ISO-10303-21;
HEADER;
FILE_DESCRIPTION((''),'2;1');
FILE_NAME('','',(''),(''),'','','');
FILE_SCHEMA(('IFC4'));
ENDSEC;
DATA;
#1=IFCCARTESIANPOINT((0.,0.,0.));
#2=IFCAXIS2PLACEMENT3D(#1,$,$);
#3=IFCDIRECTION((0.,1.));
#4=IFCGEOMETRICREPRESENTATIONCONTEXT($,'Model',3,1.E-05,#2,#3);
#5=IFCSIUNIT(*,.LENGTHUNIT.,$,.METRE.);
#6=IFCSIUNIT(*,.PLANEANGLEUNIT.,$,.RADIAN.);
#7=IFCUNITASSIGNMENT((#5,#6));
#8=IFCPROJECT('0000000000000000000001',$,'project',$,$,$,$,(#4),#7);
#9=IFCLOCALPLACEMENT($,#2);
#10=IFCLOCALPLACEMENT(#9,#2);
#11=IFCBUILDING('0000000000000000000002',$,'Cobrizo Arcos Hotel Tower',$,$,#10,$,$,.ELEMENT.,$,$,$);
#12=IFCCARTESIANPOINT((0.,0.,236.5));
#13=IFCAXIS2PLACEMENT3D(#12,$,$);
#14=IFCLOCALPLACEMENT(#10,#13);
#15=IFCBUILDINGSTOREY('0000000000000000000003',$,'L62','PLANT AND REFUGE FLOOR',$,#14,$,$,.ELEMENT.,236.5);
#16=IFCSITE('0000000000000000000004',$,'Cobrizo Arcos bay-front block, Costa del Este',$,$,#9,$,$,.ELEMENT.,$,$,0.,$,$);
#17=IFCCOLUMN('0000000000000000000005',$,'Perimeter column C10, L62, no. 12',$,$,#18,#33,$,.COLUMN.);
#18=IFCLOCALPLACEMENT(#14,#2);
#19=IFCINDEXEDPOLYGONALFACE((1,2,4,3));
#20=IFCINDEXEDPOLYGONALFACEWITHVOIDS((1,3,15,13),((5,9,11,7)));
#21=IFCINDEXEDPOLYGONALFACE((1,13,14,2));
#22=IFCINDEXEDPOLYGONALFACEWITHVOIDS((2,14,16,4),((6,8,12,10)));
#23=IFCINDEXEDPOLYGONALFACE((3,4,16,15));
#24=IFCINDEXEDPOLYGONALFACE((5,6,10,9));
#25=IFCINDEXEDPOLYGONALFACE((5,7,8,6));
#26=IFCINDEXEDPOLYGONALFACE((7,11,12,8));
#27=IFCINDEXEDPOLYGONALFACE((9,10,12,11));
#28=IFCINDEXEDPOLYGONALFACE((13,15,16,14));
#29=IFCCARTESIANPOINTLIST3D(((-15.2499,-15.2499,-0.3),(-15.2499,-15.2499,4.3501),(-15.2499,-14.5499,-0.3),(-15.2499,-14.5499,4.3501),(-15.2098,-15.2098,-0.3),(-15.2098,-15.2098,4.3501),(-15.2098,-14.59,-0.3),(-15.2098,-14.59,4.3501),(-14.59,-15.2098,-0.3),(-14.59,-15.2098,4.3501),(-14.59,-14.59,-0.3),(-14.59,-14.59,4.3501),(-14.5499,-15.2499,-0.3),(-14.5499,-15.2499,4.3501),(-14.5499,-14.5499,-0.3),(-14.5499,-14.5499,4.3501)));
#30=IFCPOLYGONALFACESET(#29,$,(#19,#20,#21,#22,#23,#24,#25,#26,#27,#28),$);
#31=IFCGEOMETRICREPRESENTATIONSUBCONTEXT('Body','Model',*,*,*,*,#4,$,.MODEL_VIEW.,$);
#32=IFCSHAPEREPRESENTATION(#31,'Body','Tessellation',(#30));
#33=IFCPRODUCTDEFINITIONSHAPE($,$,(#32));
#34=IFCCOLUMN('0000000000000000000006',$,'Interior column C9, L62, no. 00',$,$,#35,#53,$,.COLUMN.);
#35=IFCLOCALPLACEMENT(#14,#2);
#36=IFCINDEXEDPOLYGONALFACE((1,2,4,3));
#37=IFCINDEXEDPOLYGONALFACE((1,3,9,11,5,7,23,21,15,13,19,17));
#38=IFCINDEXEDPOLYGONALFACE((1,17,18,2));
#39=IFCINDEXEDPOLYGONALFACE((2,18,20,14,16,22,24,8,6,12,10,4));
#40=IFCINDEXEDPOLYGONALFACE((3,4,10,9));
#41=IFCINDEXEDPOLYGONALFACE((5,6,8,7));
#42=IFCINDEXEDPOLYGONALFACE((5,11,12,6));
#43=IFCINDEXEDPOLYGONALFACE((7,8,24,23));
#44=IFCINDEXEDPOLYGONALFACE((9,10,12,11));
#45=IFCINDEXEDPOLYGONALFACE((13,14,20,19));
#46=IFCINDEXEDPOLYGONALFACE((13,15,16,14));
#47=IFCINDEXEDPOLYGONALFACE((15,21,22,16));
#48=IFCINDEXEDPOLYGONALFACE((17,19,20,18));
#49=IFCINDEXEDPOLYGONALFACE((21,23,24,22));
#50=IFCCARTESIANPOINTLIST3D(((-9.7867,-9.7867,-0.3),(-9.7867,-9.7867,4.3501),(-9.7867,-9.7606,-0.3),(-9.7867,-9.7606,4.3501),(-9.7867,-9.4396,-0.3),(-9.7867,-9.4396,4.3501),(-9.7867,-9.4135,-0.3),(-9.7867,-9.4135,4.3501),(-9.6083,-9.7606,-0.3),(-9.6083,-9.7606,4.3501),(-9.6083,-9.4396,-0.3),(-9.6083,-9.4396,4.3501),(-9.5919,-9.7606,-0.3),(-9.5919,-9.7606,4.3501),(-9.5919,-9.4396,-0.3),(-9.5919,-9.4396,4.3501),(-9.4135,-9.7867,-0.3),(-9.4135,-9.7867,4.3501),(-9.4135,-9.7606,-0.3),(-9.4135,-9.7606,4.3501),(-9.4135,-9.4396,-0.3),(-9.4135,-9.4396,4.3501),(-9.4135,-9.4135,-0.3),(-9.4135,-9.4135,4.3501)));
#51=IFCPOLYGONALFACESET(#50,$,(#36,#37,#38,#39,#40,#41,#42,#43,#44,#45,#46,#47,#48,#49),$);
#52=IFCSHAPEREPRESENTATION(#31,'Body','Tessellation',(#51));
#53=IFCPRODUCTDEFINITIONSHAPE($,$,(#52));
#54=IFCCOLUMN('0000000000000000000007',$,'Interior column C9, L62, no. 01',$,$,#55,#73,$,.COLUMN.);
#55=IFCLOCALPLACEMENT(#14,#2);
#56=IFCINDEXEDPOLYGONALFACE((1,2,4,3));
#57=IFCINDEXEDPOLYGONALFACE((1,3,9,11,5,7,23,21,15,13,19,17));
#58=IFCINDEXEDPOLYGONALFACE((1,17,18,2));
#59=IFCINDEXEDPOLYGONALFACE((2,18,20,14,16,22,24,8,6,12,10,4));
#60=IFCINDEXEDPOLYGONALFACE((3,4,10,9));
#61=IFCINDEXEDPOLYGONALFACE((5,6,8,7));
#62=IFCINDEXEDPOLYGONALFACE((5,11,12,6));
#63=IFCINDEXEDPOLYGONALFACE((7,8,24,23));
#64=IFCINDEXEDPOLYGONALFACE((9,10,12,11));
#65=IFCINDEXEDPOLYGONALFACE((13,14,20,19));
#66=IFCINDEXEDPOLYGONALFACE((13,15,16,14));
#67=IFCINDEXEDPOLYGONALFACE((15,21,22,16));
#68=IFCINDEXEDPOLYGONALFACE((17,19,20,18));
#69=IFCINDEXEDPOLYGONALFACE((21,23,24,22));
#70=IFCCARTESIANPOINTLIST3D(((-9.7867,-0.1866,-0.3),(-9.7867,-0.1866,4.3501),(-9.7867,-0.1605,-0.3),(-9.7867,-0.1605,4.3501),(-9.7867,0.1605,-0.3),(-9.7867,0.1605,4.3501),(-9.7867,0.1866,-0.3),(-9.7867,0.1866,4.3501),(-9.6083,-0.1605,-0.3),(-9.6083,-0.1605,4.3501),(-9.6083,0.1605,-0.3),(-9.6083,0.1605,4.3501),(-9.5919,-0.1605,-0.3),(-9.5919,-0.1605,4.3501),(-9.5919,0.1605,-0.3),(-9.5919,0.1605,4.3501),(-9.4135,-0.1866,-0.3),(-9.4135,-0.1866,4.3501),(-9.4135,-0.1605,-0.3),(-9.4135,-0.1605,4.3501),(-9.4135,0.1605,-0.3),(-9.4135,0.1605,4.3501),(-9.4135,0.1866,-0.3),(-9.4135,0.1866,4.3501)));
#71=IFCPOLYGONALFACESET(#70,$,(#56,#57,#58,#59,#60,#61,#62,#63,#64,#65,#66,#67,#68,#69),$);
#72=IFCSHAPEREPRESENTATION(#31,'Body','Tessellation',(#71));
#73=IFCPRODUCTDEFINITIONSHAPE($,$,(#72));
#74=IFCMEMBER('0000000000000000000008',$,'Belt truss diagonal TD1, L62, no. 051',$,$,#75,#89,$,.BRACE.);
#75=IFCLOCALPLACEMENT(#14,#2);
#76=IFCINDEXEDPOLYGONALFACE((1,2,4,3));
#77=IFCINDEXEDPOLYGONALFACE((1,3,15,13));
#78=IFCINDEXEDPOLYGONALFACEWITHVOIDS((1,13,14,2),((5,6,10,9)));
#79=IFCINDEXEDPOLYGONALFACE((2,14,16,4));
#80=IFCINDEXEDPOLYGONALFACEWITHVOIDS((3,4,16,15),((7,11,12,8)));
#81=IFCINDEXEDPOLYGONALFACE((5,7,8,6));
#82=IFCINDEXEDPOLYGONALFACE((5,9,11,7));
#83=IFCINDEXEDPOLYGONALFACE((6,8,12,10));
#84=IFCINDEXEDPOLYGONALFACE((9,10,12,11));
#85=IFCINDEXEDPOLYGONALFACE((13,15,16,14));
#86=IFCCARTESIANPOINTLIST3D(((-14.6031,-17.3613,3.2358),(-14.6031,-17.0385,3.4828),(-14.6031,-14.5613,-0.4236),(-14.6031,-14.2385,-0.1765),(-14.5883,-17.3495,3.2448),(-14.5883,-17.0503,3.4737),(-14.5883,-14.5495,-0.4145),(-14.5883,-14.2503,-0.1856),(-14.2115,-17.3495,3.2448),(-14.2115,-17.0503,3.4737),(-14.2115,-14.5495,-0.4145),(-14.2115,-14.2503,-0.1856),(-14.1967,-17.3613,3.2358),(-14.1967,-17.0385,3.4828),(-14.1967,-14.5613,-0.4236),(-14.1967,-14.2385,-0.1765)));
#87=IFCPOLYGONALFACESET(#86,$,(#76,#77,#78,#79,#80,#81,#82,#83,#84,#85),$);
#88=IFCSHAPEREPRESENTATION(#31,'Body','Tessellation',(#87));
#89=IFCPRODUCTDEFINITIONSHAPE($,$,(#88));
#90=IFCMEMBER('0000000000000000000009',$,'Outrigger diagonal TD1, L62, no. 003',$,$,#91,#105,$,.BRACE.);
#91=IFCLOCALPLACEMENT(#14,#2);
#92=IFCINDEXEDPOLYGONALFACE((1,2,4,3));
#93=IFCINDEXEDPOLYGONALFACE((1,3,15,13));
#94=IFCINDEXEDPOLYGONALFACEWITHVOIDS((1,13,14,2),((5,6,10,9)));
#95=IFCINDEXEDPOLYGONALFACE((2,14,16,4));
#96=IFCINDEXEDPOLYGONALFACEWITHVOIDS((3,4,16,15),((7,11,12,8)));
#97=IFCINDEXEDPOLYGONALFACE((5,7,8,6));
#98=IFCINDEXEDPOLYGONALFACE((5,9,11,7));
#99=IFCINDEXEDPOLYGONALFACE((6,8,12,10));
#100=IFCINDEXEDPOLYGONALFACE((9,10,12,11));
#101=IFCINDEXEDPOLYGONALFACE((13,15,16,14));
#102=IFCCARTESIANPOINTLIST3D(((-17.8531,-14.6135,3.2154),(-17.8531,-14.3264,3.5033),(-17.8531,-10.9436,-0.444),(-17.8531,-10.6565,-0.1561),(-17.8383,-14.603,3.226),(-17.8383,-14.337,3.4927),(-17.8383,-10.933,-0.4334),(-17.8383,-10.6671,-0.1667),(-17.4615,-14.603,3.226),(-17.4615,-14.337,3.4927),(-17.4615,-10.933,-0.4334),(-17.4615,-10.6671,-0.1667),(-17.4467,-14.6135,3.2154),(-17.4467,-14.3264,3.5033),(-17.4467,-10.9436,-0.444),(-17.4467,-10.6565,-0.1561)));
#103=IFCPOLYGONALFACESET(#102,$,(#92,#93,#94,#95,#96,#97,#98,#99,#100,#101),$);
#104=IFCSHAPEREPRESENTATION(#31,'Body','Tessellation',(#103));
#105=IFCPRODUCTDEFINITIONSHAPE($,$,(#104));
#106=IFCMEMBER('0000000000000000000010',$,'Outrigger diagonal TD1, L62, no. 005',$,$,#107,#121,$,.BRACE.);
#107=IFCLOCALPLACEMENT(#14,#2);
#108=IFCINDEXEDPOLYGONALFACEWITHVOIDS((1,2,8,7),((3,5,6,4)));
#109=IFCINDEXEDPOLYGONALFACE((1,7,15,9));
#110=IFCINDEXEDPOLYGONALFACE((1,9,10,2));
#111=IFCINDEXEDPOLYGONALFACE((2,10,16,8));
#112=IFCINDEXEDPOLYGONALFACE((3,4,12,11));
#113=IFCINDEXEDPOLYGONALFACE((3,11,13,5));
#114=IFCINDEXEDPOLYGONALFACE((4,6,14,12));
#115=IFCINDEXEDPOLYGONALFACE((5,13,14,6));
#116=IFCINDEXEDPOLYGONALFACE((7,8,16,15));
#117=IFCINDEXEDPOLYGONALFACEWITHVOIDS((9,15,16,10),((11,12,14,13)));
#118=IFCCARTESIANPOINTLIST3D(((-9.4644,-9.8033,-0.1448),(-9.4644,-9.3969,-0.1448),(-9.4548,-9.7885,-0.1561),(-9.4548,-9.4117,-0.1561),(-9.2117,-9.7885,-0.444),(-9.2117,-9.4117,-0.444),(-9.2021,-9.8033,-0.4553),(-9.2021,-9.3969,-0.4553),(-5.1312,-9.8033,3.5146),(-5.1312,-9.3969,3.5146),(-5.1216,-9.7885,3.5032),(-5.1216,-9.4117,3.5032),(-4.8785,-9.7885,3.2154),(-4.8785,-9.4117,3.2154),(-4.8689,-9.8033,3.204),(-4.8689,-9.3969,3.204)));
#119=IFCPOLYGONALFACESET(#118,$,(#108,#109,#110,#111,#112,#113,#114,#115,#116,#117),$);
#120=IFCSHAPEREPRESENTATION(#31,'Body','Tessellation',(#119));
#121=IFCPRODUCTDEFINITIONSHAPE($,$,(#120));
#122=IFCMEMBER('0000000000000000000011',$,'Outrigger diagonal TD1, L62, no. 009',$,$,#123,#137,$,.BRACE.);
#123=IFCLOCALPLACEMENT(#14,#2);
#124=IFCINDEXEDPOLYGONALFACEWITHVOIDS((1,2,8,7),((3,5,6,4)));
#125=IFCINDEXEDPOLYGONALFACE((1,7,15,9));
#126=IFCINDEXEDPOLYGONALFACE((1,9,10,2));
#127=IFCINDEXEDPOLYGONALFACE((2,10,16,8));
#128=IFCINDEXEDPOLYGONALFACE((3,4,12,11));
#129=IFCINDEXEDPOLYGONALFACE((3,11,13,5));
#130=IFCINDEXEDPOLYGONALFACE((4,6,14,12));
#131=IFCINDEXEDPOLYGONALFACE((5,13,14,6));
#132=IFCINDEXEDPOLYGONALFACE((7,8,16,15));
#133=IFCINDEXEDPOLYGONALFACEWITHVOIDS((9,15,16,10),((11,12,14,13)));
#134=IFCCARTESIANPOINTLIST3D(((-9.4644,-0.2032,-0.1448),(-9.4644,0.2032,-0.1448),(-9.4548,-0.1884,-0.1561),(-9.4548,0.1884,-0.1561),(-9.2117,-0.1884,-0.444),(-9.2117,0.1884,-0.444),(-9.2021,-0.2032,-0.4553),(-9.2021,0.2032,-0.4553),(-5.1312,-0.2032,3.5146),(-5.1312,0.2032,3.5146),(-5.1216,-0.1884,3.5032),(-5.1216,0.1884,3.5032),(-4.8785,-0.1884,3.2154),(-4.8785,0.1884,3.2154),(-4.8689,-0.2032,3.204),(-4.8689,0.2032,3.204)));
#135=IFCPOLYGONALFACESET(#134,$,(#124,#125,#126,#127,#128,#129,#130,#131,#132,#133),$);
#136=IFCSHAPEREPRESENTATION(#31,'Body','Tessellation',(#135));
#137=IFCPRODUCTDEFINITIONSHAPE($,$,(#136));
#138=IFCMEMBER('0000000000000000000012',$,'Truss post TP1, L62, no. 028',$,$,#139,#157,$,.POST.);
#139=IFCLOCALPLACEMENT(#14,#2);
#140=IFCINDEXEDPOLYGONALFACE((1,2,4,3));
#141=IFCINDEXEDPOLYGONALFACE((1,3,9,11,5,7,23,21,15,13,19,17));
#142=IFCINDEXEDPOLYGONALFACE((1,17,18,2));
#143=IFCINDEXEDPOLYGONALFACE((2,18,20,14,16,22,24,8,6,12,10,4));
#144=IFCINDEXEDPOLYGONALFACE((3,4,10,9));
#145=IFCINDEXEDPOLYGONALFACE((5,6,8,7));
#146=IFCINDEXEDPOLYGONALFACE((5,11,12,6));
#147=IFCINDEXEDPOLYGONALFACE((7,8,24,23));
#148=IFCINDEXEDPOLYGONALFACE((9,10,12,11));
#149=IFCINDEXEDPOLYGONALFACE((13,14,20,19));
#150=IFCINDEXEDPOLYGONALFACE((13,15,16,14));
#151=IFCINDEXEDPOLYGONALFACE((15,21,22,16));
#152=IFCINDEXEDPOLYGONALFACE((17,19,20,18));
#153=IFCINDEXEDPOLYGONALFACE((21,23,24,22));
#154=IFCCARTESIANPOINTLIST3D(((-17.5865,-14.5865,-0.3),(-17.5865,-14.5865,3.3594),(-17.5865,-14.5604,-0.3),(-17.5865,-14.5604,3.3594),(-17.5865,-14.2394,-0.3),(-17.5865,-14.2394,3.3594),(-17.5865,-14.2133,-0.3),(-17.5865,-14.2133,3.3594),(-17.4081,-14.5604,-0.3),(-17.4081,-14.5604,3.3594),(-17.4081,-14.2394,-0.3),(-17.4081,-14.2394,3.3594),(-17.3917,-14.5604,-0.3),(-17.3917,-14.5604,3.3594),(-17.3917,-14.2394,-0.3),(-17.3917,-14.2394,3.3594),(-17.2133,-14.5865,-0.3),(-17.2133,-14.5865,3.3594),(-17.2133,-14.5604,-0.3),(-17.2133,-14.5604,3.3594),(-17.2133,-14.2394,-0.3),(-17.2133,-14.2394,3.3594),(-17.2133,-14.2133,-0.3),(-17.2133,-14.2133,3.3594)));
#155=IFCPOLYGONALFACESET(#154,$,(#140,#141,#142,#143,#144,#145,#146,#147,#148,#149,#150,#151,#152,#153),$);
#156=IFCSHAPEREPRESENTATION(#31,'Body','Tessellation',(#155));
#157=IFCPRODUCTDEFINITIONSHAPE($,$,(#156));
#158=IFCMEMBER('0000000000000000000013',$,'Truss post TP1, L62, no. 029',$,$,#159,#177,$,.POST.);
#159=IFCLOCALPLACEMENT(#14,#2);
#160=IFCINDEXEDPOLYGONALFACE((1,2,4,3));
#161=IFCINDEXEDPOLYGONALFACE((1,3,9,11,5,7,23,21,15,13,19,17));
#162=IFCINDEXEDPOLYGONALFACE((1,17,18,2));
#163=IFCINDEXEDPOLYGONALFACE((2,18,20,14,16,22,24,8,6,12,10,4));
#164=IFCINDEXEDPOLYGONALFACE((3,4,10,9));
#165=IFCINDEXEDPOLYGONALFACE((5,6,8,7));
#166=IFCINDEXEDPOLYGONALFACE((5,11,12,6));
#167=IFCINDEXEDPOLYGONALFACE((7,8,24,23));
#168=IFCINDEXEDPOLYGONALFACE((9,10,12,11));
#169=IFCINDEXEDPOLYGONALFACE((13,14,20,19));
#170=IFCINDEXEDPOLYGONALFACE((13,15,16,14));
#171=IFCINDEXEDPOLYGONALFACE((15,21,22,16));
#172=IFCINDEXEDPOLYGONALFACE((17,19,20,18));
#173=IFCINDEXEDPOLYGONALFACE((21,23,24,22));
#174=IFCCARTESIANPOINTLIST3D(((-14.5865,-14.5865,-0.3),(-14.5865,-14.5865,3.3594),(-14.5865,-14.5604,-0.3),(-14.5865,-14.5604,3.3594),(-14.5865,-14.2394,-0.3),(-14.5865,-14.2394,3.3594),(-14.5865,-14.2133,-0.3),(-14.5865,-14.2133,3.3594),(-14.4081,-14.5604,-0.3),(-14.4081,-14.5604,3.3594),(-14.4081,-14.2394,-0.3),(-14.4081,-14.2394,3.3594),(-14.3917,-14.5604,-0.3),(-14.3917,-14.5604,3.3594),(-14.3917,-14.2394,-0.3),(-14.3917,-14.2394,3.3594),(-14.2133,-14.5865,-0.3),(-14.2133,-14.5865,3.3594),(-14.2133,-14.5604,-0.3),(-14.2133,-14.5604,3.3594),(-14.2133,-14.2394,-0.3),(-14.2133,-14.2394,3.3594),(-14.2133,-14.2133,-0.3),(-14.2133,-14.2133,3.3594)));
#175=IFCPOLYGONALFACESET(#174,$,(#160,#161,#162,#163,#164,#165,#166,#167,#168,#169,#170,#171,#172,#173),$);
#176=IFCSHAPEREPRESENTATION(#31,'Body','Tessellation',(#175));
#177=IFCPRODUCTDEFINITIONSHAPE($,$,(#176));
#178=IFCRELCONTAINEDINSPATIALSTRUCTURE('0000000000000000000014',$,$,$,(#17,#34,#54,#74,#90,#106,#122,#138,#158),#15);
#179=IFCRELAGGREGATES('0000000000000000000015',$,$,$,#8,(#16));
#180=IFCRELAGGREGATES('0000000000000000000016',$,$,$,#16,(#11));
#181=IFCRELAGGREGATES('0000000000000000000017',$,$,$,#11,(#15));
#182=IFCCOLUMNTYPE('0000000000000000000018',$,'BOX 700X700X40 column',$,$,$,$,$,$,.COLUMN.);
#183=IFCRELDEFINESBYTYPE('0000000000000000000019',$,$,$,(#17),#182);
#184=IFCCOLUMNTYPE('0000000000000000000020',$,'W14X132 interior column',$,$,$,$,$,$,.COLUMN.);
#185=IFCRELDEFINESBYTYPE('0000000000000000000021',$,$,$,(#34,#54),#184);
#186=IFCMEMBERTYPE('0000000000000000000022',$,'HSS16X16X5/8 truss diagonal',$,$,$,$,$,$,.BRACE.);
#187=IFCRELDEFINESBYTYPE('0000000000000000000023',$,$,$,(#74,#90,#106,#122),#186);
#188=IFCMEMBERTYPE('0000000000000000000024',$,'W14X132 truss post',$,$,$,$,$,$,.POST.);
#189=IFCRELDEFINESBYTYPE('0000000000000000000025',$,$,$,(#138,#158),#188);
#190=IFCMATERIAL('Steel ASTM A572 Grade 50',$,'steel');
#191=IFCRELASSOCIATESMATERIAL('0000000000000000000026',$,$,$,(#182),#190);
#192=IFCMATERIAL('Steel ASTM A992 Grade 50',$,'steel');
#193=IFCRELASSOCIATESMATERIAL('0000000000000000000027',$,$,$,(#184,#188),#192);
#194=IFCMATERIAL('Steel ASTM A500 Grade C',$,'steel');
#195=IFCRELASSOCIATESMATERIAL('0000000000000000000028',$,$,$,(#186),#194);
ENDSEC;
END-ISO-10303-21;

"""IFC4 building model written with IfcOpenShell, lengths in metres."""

from ifc_helpers import new_model, si_unit, direction, frame, origin, origin_2d, place, context, subcontext, project, spatial, hollow_rectangle, i_section, extrude, material, material_profile, profile_set, type_object, element, save


model = new_model("IFC4")

# Units and contexts
model_context = context("Model", 3, precision=1e-05, world=origin(), true_north=direction((0.0, 1.0)))
body_context = subcontext(model_context, "Body", "Model", "MODEL_VIEW")
ifc_project = project(units=[si_unit("LENGTHUNIT", "METRE"), si_unit("PLANEANGLEUNIT", "RADIAN")], contexts=[model_context])

# Site, building, storey
site_placement = place(None, origin())
site = spatial("IfcSite", under=ifc_project, at=site_placement, Name="Cobrizo Arcos bay-front block, Costa del Este", CompositionType="ELEMENT", RefElevation=0.0)
building_placement = place(site_placement, origin())
building = spatial("IfcBuilding", under=site, at=building_placement, Name="Cobrizo Arcos Hotel Tower", CompositionType="ELEMENT")
storey_placement = place(building_placement, frame((0.0, 0.0, 236.5)))
storey = spatial("IfcBuildingStorey", under=building, at=storey_placement, Name="L62", Description="PLANT AND REFUGE FLOOR", CompositionType="ELEMENT", Elevation=236.5)

# Columns
ifc_material_1 = material(Name="Steel ASTM A572 Grade 50", Category="steel")
ifc_material_profile_1 = material_profile(ifc_material_1, hollow_rectangle(XDim=0.7, YDim=0.7, WallThickness=0.04, at=origin_2d()), Name="BOX 700X700X40")
ifc_profile_set_1 = profile_set([ifc_material_profile_1], Name="Steel ASTM A572 Grade 50")
column_type_1 = type_object("IfcColumnType", Name="BOX 700X700X40 column", PredefinedType="COLUMN", material=ifc_profile_set_1)
column_placement = place(storey_placement, frame((-14.8999, -14.8999, -0.3), z_axis=(0.0, 0.0, 1.0), x_axis=(1.0, 0.0, 0.0)))
element("IfcColumn", 1, at=column_placement, inside=storey, type_object=column_type_1, Name="Perimeter column C10, L62, no. 12", PredefinedType="COLUMN", context=body_context, shape_type="SweptSolid", body=[
    extrude(hollow_rectangle(XDim=0.7, YDim=0.7, WallThickness=0.04, at=origin_2d()), origin(), (0.0, 0.0, 1.0), 4.6501),
])
ifc_material_2 = material(Name="Steel ASTM A992 Grade 50", Category="steel")
ifc_material_profile_2 = material_profile(ifc_material_2, i_section(OverallWidth=0.3733, OverallDepth=0.3733, WebThickness=0.0164, FlangeThickness=0.0261, at=origin_2d()), Name="W14X132")
ifc_profile_set_2 = profile_set([ifc_material_profile_2], Name="Steel ASTM A992 Grade 50")
column_type_2 = type_object("IfcColumnType", Name="W14X132 interior column", PredefinedType="COLUMN", material=ifc_profile_set_2)
for number, where, z_axis, x_axis, name in (
    (2, (-9.6001, -9.6001, -0.3), (0.0, 0.0, 1.0), (1.0, 0.0, 0.0), "Interior column C9, L62, no. 00"),
    (3, (-9.6001, 0.0, -0.3), (0.0, 0.0, 1.0), (1.0, 0.0, 0.0), "Interior column C9, L62, no. 01"),
):
    element("IfcColumn", number, at=place(storey_placement, frame(where, z_axis=z_axis, x_axis=x_axis)), inside=storey, type_object=column_type_2, Name=name, PredefinedType="COLUMN", context=body_context, shape_type="SweptSolid", body=[
        extrude(i_section(OverallWidth=0.3733, OverallDepth=0.3733, WebThickness=0.0164, FlangeThickness=0.0261, at=origin_2d()), origin(), (0.0, 0.0, 1.0), 4.6501),
    ])

# Members
ifc_material_3 = material(Name="Steel ASTM A500 Grade C", Category="steel")
ifc_material_profile_3 = material_profile(ifc_material_3, hollow_rectangle(XDim=0.4065, YDim=0.4065, WallThickness=0.0149, at=origin_2d()), Name="HSS16X16X5/8")
ifc_profile_set_3 = profile_set([ifc_material_profile_3], Name="Steel ASTM A500 Grade C")
member_type_1 = type_object("IfcMemberType", Name="HSS16X16X5/8 truss diagonal", PredefinedType="BRACE", material=ifc_profile_set_3)
member_1_placement = place(storey_placement, frame((-14.3999, -14.3999, -0.3), z_axis=(0.0, -0.607678, 0.794183), x_axis=(1.0, 0.0, 0.0)))
element("IfcMember", 4, at=member_1_placement, inside=storey, type_object=member_type_1, Name="Belt truss diagonal TD1, L62, no. 051", PredefinedType="BRACE", context=body_context, shape_type="SweptSolid", body=[
    extrude(hollow_rectangle(XDim=0.4065, YDim=0.4065, WallThickness=0.0149, at=origin_2d()), origin(), (0.0, 0.0, 1.0), 4.6077),
])
member_2_placement = place(storey_placement, frame((-17.6499, -10.8, -0.3), z_axis=(0.0, -0.708119, 0.706093), x_axis=(1.0, 0.0, 0.0)))
element("IfcMember", 5, at=member_2_placement, inside=storey, type_object=member_type_1, Name="Outrigger diagonal TD1, L62, no. 003", PredefinedType="BRACE", context=body_context, shape_type="SweptSolid", body=[
    extrude(hollow_rectangle(XDim=0.4065, YDim=0.4065, WallThickness=0.0149, at=origin_2d()), origin(), (0.0, 0.0, 1.0), 5.1826),
])
for number, where, z_axis, x_axis, name in (
    (6, (-9.3333, -9.6001, -0.3), (0.76401, 0.0, 0.645205), (0.0, 1.0, 0.0), "Outrigger diagonal TD1, L62, no. 005"),
    (7, (-9.3333, 0.0, -0.3), (0.76401, 0.0, 0.645205), (0.0, 1.0, 0.0), "Outrigger diagonal TD1, L62, no. 009"),
):
    element("IfcMember", number, at=place(storey_placement, frame(where, z_axis=z_axis, x_axis=x_axis)), inside=storey, type_object=member_type_1, Name=name, PredefinedType="BRACE", context=body_context, shape_type="SweptSolid", body=[
        extrude(hollow_rectangle(XDim=0.4065, YDim=0.4065, WallThickness=0.0149, at=origin_2d()), origin(), (0.0, 0.0, 1.0), 5.6716),
    ])
ifc_material_profile_4 = material_profile(ifc_material_2, i_section(OverallWidth=0.3733, OverallDepth=0.3733, WebThickness=0.0164, FlangeThickness=0.0261, at=origin_2d()), Name="W14X132")
ifc_profile_set_4 = profile_set([ifc_material_profile_4], Name="Steel ASTM A992 Grade 50")
member_type_2 = type_object("IfcMemberType", Name="W14X132 truss post", PredefinedType="POST", material=ifc_profile_set_4)
for number, where, z_axis, x_axis, name in (
    (8, (-17.3999, -14.3999, -0.3), (0.0, 0.0, 1.0), (1.0, 0.0, 0.0), "Truss post TP1, L62, no. 028"),
    (9, (-14.3999, -14.3999, -0.3), (0.0, 0.0, 1.0), (1.0, 0.0, 0.0), "Truss post TP1, L62, no. 029"),
):
    element("IfcMember", number, at=place(storey_placement, frame(where, z_axis=z_axis, x_axis=x_axis)), inside=storey, type_object=member_type_2, Name=name, PredefinedType="POST", context=body_context, shape_type="SweptSolid", body=[
        extrude(i_section(OverallWidth=0.3733, OverallDepth=0.3733, WebThickness=0.0164, FlangeThickness=0.0261, at=origin_2d()), origin(), (0.0, 0.0, 1.0), 3.6594),
    ])

save(model, "model.ifc")
